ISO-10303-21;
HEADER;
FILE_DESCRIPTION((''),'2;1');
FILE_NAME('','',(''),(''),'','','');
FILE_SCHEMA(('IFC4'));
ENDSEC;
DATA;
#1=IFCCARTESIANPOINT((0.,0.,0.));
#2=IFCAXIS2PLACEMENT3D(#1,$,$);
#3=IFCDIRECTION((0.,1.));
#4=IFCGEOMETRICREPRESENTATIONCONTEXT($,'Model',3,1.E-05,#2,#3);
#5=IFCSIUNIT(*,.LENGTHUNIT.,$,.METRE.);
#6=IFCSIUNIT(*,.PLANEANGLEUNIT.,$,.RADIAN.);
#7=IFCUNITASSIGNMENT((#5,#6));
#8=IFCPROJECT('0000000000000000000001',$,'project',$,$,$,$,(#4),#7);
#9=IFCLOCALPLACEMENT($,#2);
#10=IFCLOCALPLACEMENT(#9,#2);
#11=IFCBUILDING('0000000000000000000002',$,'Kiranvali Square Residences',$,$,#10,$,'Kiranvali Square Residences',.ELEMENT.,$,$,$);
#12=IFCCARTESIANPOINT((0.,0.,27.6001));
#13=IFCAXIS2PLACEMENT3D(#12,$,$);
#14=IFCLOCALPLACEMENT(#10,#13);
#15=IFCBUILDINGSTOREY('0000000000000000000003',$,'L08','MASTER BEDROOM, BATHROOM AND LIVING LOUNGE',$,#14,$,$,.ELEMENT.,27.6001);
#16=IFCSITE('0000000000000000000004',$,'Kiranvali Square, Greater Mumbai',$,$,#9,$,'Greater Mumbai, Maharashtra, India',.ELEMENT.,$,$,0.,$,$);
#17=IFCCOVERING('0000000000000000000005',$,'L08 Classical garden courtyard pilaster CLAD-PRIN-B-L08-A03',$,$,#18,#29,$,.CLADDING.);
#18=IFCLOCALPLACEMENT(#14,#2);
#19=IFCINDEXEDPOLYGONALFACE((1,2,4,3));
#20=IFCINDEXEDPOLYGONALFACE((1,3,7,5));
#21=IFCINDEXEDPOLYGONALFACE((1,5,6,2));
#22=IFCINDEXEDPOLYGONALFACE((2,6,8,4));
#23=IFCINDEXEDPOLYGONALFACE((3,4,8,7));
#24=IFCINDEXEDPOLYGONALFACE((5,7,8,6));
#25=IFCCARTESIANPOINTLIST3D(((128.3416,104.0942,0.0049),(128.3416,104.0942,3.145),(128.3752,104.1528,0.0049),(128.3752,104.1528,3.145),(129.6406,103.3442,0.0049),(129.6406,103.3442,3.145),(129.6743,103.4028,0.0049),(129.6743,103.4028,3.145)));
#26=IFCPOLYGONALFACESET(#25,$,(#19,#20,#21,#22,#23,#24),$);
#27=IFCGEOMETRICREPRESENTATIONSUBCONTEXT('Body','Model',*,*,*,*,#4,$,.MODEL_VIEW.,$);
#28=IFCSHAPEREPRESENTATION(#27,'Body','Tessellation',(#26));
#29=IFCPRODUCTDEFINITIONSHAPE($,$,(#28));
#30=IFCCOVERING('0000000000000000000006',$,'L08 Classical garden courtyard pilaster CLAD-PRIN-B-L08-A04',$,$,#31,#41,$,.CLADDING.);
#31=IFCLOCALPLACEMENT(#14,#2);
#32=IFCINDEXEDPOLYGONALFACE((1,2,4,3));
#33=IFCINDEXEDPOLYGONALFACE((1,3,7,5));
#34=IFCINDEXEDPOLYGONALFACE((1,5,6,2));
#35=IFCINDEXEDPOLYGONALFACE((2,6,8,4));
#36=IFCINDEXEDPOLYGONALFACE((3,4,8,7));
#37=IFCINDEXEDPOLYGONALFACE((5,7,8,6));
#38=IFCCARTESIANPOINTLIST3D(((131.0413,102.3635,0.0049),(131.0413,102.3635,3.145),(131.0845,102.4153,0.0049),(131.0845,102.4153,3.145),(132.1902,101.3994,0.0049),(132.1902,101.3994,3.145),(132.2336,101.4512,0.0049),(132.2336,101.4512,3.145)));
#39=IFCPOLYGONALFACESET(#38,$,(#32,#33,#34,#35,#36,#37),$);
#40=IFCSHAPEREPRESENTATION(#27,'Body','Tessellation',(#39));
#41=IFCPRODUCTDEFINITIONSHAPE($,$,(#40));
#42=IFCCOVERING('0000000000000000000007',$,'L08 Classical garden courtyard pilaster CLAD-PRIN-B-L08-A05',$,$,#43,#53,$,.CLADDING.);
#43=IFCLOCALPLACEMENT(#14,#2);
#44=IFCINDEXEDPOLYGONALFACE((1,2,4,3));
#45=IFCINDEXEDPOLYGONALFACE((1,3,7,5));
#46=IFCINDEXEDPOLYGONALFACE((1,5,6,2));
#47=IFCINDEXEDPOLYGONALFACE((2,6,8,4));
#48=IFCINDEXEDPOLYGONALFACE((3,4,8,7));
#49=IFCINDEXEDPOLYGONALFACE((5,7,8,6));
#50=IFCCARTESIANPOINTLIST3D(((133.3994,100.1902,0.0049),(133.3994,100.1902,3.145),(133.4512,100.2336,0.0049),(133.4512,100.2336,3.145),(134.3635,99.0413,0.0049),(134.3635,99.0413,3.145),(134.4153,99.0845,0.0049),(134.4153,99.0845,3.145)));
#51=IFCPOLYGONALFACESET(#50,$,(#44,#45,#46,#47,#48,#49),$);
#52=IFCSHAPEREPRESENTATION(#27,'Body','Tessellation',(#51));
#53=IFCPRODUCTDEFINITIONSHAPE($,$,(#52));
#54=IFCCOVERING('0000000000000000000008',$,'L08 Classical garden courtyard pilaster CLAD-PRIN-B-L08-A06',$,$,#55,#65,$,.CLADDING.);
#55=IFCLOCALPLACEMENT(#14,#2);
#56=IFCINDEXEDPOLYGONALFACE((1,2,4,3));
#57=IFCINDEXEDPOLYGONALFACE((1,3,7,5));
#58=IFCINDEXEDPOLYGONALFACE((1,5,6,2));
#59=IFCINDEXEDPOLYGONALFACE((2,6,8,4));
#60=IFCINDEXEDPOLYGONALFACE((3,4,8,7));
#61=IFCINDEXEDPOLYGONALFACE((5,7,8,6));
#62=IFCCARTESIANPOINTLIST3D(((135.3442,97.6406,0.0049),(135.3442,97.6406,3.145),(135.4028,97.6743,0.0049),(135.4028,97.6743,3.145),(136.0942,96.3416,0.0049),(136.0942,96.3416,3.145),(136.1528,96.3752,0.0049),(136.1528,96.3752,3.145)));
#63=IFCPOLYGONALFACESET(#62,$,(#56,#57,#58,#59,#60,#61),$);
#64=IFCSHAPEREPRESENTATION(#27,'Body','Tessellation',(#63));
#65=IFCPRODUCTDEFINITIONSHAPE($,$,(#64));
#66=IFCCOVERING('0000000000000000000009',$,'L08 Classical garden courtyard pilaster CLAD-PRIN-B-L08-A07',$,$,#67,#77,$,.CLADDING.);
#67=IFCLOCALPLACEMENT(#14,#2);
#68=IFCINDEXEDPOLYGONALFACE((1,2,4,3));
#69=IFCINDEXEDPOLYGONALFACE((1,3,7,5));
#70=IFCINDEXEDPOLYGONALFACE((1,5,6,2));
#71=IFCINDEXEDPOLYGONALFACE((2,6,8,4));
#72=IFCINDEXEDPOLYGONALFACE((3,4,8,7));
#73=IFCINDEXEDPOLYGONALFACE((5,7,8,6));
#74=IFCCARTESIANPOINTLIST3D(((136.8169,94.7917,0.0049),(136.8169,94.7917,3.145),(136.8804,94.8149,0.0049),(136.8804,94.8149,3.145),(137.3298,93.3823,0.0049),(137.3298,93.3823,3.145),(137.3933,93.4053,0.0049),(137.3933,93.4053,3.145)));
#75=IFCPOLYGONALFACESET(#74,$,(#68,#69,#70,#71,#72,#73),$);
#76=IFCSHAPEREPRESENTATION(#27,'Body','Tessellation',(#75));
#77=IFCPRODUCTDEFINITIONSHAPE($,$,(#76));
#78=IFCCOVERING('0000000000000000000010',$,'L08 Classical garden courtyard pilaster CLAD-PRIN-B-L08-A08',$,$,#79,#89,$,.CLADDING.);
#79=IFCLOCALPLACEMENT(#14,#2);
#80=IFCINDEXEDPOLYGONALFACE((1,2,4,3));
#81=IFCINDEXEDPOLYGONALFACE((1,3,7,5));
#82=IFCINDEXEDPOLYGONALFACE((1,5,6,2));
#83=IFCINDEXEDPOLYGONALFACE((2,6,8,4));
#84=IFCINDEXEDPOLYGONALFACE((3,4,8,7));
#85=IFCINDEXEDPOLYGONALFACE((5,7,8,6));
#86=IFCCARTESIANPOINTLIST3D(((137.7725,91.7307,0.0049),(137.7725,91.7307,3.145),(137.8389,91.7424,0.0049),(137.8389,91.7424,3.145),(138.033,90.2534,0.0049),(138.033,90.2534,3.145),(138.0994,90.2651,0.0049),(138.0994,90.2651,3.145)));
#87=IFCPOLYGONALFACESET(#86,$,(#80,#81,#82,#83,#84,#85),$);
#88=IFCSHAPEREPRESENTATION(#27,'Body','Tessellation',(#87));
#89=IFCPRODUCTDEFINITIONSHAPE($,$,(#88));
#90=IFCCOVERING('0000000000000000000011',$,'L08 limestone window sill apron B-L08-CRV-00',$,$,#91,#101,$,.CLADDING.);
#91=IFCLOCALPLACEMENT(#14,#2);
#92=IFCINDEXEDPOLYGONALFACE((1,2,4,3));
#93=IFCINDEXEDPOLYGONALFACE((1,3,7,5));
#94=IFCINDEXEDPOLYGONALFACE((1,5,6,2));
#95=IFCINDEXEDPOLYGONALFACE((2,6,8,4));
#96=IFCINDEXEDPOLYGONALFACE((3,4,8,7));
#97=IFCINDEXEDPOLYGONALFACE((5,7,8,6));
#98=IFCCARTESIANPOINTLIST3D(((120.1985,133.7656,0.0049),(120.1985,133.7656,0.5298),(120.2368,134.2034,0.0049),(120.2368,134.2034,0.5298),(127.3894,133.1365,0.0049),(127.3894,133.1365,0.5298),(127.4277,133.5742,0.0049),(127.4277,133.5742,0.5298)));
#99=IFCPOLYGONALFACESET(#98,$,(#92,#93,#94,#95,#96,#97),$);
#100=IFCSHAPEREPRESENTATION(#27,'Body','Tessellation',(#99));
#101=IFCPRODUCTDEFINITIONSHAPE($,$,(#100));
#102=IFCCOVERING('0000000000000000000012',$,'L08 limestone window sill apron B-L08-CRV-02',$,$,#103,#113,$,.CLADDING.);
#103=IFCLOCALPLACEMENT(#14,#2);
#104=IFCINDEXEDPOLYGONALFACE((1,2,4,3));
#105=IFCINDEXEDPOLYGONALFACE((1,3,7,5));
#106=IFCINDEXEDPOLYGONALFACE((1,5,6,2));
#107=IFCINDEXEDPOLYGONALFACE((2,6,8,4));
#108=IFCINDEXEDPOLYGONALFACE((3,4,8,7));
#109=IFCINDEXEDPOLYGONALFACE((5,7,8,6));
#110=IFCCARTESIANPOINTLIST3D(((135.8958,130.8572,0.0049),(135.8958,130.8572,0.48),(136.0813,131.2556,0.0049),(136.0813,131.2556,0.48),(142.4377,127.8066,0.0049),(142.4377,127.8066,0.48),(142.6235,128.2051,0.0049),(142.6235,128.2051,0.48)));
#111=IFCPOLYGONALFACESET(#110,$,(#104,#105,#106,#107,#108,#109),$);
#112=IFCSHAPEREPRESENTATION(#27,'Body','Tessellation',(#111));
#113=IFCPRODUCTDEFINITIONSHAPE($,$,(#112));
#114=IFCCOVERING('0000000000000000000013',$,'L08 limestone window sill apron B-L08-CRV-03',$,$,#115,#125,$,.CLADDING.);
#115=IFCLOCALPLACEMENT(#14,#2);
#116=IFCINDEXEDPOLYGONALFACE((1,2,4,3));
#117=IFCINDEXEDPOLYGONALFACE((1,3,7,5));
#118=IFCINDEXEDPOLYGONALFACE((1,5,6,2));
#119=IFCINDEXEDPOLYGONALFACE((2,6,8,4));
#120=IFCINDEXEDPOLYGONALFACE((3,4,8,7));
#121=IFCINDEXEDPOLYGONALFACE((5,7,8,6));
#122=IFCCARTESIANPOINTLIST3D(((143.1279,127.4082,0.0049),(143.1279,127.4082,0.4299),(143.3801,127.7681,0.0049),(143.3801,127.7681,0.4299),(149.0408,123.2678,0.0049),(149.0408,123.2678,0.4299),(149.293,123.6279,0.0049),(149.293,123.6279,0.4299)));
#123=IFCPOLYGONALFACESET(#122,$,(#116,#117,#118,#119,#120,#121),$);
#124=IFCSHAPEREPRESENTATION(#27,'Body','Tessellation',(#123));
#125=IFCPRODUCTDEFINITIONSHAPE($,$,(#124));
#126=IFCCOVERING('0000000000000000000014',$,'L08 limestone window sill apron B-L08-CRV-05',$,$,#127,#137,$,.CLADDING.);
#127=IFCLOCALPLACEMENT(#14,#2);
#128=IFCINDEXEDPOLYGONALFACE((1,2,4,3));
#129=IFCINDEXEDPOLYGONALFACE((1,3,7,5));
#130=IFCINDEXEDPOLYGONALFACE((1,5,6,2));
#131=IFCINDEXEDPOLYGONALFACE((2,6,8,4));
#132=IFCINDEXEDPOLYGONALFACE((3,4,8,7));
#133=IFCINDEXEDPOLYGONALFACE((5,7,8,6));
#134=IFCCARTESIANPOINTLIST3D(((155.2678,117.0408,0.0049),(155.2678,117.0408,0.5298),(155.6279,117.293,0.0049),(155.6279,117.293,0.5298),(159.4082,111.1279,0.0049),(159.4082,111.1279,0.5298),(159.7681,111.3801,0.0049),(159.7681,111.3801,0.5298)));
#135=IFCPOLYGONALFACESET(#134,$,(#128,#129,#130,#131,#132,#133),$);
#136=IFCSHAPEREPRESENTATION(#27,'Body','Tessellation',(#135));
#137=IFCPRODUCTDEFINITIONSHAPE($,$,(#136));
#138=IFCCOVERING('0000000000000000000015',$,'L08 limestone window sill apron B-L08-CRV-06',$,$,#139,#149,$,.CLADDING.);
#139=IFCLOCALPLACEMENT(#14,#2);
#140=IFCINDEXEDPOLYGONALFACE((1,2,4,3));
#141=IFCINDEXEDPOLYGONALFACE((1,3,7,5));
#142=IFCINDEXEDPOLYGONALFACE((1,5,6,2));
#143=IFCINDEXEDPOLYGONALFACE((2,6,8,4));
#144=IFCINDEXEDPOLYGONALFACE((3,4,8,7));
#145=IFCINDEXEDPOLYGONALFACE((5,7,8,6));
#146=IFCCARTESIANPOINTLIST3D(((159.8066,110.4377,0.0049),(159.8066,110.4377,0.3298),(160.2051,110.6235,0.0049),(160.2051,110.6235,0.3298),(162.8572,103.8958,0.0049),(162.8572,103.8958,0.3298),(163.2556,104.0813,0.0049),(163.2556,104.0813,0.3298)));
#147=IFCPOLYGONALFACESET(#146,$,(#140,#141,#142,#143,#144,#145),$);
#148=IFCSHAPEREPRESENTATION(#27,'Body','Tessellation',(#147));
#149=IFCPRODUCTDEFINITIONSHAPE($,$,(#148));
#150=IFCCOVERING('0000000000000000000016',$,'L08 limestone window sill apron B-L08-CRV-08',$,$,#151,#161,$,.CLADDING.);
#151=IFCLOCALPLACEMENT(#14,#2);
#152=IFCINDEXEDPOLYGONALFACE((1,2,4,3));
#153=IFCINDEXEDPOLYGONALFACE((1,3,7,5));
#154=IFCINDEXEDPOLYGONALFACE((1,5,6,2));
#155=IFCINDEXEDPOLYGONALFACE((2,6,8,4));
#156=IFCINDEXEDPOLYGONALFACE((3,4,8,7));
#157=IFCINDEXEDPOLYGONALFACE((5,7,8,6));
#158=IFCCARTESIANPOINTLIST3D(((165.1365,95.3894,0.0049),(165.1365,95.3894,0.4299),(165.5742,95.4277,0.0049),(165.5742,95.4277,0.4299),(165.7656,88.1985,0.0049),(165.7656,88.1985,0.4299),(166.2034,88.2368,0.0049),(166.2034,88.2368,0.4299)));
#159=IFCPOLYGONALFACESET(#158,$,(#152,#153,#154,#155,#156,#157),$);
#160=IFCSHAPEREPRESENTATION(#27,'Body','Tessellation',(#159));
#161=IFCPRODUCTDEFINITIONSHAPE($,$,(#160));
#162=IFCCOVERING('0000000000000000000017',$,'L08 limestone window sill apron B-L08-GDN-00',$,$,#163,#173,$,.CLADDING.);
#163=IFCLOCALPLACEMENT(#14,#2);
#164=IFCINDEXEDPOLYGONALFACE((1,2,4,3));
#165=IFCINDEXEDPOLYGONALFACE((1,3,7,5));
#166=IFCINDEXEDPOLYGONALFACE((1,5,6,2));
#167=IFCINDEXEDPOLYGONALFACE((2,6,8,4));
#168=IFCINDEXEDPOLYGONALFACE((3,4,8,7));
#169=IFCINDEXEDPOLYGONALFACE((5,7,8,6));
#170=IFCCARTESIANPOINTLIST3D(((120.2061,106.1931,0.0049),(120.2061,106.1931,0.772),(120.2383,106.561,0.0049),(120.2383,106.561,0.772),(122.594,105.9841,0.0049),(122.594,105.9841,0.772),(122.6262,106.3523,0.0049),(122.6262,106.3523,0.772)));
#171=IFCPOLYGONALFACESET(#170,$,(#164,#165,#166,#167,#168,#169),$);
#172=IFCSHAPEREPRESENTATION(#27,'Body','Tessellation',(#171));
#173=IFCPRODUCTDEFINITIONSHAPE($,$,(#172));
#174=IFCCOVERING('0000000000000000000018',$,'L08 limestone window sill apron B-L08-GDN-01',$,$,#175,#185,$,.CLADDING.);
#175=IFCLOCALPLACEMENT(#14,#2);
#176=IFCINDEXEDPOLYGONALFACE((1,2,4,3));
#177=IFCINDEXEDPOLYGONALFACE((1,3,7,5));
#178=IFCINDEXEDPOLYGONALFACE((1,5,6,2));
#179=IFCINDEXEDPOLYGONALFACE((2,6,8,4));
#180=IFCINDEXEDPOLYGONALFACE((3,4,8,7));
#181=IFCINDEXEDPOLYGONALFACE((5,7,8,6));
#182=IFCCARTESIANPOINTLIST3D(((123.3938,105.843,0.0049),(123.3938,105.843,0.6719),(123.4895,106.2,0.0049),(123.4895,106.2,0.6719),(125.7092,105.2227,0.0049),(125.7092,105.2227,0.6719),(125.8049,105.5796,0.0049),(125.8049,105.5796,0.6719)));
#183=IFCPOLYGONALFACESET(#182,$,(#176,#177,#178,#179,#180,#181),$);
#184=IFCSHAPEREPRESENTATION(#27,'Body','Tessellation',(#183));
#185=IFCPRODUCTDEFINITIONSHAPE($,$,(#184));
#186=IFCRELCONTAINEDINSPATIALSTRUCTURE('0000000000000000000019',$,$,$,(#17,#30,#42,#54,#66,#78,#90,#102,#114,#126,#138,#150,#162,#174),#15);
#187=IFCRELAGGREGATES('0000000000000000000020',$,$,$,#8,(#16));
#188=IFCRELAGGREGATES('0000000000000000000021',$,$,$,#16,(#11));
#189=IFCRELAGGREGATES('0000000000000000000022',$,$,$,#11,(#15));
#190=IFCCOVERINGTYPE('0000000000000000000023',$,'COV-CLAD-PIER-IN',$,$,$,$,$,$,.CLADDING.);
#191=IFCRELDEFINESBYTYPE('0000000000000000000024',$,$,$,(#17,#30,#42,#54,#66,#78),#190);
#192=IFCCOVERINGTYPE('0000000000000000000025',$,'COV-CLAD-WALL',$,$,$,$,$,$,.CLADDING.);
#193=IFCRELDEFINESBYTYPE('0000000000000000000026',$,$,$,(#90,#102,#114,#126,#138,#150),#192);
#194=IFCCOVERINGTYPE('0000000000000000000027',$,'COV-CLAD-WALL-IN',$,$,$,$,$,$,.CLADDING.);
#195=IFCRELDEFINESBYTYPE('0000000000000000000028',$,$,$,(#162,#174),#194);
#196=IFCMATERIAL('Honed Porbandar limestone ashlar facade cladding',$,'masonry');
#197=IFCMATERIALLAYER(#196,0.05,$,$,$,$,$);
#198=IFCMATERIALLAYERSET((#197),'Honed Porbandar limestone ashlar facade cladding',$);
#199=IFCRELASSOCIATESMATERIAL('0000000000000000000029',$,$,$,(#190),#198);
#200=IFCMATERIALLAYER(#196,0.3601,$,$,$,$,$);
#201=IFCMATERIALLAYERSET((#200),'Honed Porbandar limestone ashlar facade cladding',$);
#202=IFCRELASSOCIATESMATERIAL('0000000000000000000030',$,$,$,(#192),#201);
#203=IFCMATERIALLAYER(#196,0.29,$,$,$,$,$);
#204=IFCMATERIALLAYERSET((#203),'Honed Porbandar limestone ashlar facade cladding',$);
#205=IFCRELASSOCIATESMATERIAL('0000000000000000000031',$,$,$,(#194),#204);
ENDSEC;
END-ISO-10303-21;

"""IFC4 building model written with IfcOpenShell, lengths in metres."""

from ifc_helpers import new_model, si_unit, direction, frame, origin, place, context, subcontext, project, spatial, polyline, outline, extrude, material, layer, layer_set, type_object, element, save


model = new_model("IFC4")

# Units and contexts
model_context = context("Model", 3, precision=1e-05, world=origin(), true_north=direction((0.0, 1.0)))
body_context = subcontext(model_context, "Body", "Model", "MODEL_VIEW")
ifc_project = project(units=[si_unit("LENGTHUNIT", "METRE"), si_unit("PLANEANGLEUNIT", "RADIAN")], contexts=[model_context])

# Site, building, storey
site_placement = place(None, origin())
site = spatial("IfcSite", under=ifc_project, at=site_placement, Name="Kiranvali Square, Greater Mumbai", LongName="Greater Mumbai, Maharashtra, India", CompositionType="ELEMENT", RefElevation=0.0)
building_placement = place(site_placement, origin())
building = spatial("IfcBuilding", under=site, at=building_placement, Name="Kiranvali Square Residences", LongName="Kiranvali Square Residences", CompositionType="ELEMENT")
storey_placement = place(building_placement, frame((0.0, 0.0, 27.6001)))
storey = spatial("IfcBuildingStorey", under=building, at=storey_placement, Name="L08", Description="MASTER BEDROOM, BATHROOM AND LIVING LOUNGE", CompositionType="ELEMENT", Elevation=27.6001)

# Coverings
ifc_material = material(Name="Honed Porbandar limestone ashlar facade cladding", Category="masonry")
ifc_layer_1 = layer(ifc_material, 0.05)
ifc_layer_set_1 = layer_set([ifc_layer_1], Name="Honed Porbandar limestone ashlar facade cladding")
covering_type_1 = type_object("IfcCoveringType", Name="COV-CLAD-PIER-IN", PredefinedType="CLADDING", material=ifc_layer_set_1)
covering_1_placement = place(storey_placement, frame((0.0, 0.0, 0.0049)))
element("IfcCovering", 1, at=covering_1_placement, inside=storey, type_object=covering_type_1, Name="L08 Classical garden courtyard pilaster CLAD-PRIN-B-L08-A03", PredefinedType="CLADDING", context=body_context, shape_type="SweptSolid", body=[
    extrude(outline(polyline([(128.3416, 104.0942), (129.6406, 103.3442), (129.6743, 103.4028), (128.3752, 104.1528), (128.3416, 104.0942)])), origin(), (0.0, 0.0, 1.0), 3.1401),
])
covering_2_placement = place(storey_placement, frame((0.0, 0.0, 0.0049)))
element("IfcCovering", 2, at=covering_2_placement, inside=storey, type_object=covering_type_1, Name="L08 Classical garden courtyard pilaster CLAD-PRIN-B-L08-A04", PredefinedType="CLADDING", context=body_context, shape_type="SweptSolid", body=[
    extrude(outline(polyline([(131.0413, 102.3635), (132.1902, 101.3994), (132.2336, 101.4512), (131.0845, 102.4153), (131.0413, 102.3635)])), origin(), (0.0, 0.0, 1.0), 3.1401),
])
covering_3_placement = place(storey_placement, frame((0.0, 0.0, 0.0049)))
element("IfcCovering", 3, at=covering_3_placement, inside=storey, type_object=covering_type_1, Name="L08 Classical garden courtyard pilaster CLAD-PRIN-B-L08-A05", PredefinedType="CLADDING", context=body_context, shape_type="SweptSolid", body=[
    extrude(outline(polyline([(133.3994, 100.1902), (134.3635, 99.0413), (134.4153, 99.0845), (133.4512, 100.2336), (133.3994, 100.1902)])), origin(), (0.0, 0.0, 1.0), 3.1401),
])
covering_4_placement = place(storey_placement, frame((0.0, 0.0, 0.0049)))
element("IfcCovering", 4, at=covering_4_placement, inside=storey, type_object=covering_type_1, Name="L08 Classical garden courtyard pilaster CLAD-PRIN-B-L08-A06", PredefinedType="CLADDING", context=body_context, shape_type="SweptSolid", body=[
    extrude(outline(polyline([(135.3442, 97.6406), (136.0942, 96.3416), (136.1528, 96.3752), (135.4028, 97.6743), (135.3442, 97.6406)])), origin(), (0.0, 0.0, 1.0), 3.1401),
])
covering_5_placement = place(storey_placement, frame((0.0, 0.0, 0.0049)))
element("IfcCovering", 5, at=covering_5_placement, inside=storey, type_object=covering_type_1, Name="L08 Classical garden courtyard pilaster CLAD-PRIN-B-L08-A07", PredefinedType="CLADDING", context=body_context, shape_type="SweptSolid", body=[
    extrude(outline(polyline([(136.8169, 94.7917), (137.3298, 93.3823), (137.3933, 93.4053), (136.8804, 94.8149), (136.8169, 94.7917)])), origin(), (0.0, 0.0, 1.0), 3.1401),
])
covering_6_placement = place(storey_placement, frame((0.0, 0.0, 0.0049)))
element("IfcCovering", 6, at=covering_6_placement, inside=storey, type_object=covering_type_1, Name="L08 Classical garden courtyard pilaster CLAD-PRIN-B-L08-A08", PredefinedType="CLADDING", context=body_context, shape_type="SweptSolid", body=[
    extrude(outline(polyline([(137.7725, 91.7307), (138.033, 90.2534), (138.0994, 90.2651), (137.8389, 91.7424), (137.7725, 91.7307)])), origin(), (0.0, 0.0, 1.0), 3.1401),
])
ifc_layer_2 = layer(ifc_material, 0.3601)
ifc_layer_set_2 = layer_set([ifc_layer_2], Name="Honed Porbandar limestone ashlar facade cladding")
covering_type_2 = type_object("IfcCoveringType", Name="COV-CLAD-WALL", PredefinedType="CLADDING", material=ifc_layer_set_2)
covering_7_placement = place(storey_placement, frame((0.0, 0.0, 0.0049)))
element("IfcCovering", 7, at=covering_7_placement, inside=storey, type_object=covering_type_2, Name="L08 limestone window sill apron B-L08-CRV-00", PredefinedType="CLADDING", context=body_context, shape_type="SweptSolid", body=[
    extrude(outline(polyline([(120.1985, 133.7656), (127.3894, 133.1365), (127.4277, 133.5742), (120.2368, 134.2034), (120.1985, 133.7656)])), origin(), (0.0, 0.0, 1.0), 0.5249),
])
covering_8_placement = place(storey_placement, frame((0.0, 0.0, 0.0049)))
element("IfcCovering", 8, at=covering_8_placement, inside=storey, type_object=covering_type_2, Name="L08 limestone window sill apron B-L08-CRV-02", PredefinedType="CLADDING", context=body_context, shape_type="SweptSolid", body=[
    extrude(outline(polyline([(135.8958, 130.8572), (142.4377, 127.8066), (142.6235, 128.2051), (136.0813, 131.2556), (135.8958, 130.8572)])), origin(), (0.0, 0.0, 1.0), 0.4751),
])
covering_9_placement = place(storey_placement, frame((0.0, 0.0, 0.0049)))
element("IfcCovering", 9, at=covering_9_placement, inside=storey, type_object=covering_type_2, Name="L08 limestone window sill apron B-L08-CRV-03", PredefinedType="CLADDING", context=body_context, shape_type="SweptSolid", body=[
    extrude(outline(polyline([(143.1279, 127.4082), (149.0408, 123.2678), (149.293, 123.6279), (143.3801, 127.7681), (143.1279, 127.4082)])), origin(), (0.0, 0.0, 1.0), 0.425),
])
covering_10_placement = place(storey_placement, frame((0.0, 0.0, 0.0049)))
element("IfcCovering", 10, at=covering_10_placement, inside=storey, type_object=covering_type_2, Name="L08 limestone window sill apron B-L08-CRV-05", PredefinedType="CLADDING", context=body_context, shape_type="SweptSolid", body=[
    extrude(outline(polyline([(155.2678, 117.0408), (159.4082, 111.1279), (159.7681, 111.3801), (155.6279, 117.293), (155.2678, 117.0408)])), origin(), (0.0, 0.0, 1.0), 0.5249),
])
covering_11_placement = place(storey_placement, frame((0.0, 0.0, 0.0049)))
element("IfcCovering", 11, at=covering_11_placement, inside=storey, type_object=covering_type_2, Name="L08 limestone window sill apron B-L08-CRV-06", PredefinedType="CLADDING", context=body_context, shape_type="SweptSolid", body=[
    extrude(outline(polyline([(159.8066, 110.4377), (162.8572, 103.8958), (163.2556, 104.0813), (160.2051, 110.6235), (159.8066, 110.4377)])), origin(), (0.0, 0.0, 1.0), 0.325),
])
covering_12_placement = place(storey_placement, frame((0.0, 0.0, 0.0049)))
element("IfcCovering", 12, at=covering_12_placement, inside=storey, type_object=covering_type_2, Name="L08 limestone window sill apron B-L08-CRV-08", PredefinedType="CLADDING", context=body_context, shape_type="SweptSolid", body=[
    extrude(outline(polyline([(165.1365, 95.3894), (165.7656, 88.1985), (166.2034, 88.2368), (165.5742, 95.4277), (165.1365, 95.3894)])), origin(), (0.0, 0.0, 1.0), 0.425),
])
ifc_layer_3 = layer(ifc_material, 0.29)
ifc_layer_set_3 = layer_set([ifc_layer_3], Name="Honed Porbandar limestone ashlar facade cladding")
covering_type_3 = type_object("IfcCoveringType", Name="COV-CLAD-WALL-IN", PredefinedType="CLADDING", material=ifc_layer_set_3)
covering_13_placement = place(storey_placement, frame((0.0, 0.0, 0.0049)))
element("IfcCovering", 13, at=covering_13_placement, inside=storey, type_object=covering_type_3, Name="L08 limestone window sill apron B-L08-GDN-00", PredefinedType="CLADDING", context=body_context, shape_type="SweptSolid", body=[
    extrude(outline(polyline([(120.2061, 106.1931), (122.594, 105.9841), (122.6262, 106.3523), (120.2383, 106.561), (120.2061, 106.1931)])), origin(), (0.0, 0.0, 1.0), 0.7671),
])
covering_14_placement = place(storey_placement, frame((0.0, 0.0, 0.0049)))
element("IfcCovering", 14, at=covering_14_placement, inside=storey, type_object=covering_type_3, Name="L08 limestone window sill apron B-L08-GDN-01", PredefinedType="CLADDING", context=body_context, shape_type="SweptSolid", body=[
    extrude(outline(polyline([(123.3938, 105.843), (125.7092, 105.2227), (125.8049, 105.5796), (123.4895, 106.2), (123.3938, 105.843)])), origin(), (0.0, 0.0, 1.0), 0.667),
])

save(model, "model.ifc")
